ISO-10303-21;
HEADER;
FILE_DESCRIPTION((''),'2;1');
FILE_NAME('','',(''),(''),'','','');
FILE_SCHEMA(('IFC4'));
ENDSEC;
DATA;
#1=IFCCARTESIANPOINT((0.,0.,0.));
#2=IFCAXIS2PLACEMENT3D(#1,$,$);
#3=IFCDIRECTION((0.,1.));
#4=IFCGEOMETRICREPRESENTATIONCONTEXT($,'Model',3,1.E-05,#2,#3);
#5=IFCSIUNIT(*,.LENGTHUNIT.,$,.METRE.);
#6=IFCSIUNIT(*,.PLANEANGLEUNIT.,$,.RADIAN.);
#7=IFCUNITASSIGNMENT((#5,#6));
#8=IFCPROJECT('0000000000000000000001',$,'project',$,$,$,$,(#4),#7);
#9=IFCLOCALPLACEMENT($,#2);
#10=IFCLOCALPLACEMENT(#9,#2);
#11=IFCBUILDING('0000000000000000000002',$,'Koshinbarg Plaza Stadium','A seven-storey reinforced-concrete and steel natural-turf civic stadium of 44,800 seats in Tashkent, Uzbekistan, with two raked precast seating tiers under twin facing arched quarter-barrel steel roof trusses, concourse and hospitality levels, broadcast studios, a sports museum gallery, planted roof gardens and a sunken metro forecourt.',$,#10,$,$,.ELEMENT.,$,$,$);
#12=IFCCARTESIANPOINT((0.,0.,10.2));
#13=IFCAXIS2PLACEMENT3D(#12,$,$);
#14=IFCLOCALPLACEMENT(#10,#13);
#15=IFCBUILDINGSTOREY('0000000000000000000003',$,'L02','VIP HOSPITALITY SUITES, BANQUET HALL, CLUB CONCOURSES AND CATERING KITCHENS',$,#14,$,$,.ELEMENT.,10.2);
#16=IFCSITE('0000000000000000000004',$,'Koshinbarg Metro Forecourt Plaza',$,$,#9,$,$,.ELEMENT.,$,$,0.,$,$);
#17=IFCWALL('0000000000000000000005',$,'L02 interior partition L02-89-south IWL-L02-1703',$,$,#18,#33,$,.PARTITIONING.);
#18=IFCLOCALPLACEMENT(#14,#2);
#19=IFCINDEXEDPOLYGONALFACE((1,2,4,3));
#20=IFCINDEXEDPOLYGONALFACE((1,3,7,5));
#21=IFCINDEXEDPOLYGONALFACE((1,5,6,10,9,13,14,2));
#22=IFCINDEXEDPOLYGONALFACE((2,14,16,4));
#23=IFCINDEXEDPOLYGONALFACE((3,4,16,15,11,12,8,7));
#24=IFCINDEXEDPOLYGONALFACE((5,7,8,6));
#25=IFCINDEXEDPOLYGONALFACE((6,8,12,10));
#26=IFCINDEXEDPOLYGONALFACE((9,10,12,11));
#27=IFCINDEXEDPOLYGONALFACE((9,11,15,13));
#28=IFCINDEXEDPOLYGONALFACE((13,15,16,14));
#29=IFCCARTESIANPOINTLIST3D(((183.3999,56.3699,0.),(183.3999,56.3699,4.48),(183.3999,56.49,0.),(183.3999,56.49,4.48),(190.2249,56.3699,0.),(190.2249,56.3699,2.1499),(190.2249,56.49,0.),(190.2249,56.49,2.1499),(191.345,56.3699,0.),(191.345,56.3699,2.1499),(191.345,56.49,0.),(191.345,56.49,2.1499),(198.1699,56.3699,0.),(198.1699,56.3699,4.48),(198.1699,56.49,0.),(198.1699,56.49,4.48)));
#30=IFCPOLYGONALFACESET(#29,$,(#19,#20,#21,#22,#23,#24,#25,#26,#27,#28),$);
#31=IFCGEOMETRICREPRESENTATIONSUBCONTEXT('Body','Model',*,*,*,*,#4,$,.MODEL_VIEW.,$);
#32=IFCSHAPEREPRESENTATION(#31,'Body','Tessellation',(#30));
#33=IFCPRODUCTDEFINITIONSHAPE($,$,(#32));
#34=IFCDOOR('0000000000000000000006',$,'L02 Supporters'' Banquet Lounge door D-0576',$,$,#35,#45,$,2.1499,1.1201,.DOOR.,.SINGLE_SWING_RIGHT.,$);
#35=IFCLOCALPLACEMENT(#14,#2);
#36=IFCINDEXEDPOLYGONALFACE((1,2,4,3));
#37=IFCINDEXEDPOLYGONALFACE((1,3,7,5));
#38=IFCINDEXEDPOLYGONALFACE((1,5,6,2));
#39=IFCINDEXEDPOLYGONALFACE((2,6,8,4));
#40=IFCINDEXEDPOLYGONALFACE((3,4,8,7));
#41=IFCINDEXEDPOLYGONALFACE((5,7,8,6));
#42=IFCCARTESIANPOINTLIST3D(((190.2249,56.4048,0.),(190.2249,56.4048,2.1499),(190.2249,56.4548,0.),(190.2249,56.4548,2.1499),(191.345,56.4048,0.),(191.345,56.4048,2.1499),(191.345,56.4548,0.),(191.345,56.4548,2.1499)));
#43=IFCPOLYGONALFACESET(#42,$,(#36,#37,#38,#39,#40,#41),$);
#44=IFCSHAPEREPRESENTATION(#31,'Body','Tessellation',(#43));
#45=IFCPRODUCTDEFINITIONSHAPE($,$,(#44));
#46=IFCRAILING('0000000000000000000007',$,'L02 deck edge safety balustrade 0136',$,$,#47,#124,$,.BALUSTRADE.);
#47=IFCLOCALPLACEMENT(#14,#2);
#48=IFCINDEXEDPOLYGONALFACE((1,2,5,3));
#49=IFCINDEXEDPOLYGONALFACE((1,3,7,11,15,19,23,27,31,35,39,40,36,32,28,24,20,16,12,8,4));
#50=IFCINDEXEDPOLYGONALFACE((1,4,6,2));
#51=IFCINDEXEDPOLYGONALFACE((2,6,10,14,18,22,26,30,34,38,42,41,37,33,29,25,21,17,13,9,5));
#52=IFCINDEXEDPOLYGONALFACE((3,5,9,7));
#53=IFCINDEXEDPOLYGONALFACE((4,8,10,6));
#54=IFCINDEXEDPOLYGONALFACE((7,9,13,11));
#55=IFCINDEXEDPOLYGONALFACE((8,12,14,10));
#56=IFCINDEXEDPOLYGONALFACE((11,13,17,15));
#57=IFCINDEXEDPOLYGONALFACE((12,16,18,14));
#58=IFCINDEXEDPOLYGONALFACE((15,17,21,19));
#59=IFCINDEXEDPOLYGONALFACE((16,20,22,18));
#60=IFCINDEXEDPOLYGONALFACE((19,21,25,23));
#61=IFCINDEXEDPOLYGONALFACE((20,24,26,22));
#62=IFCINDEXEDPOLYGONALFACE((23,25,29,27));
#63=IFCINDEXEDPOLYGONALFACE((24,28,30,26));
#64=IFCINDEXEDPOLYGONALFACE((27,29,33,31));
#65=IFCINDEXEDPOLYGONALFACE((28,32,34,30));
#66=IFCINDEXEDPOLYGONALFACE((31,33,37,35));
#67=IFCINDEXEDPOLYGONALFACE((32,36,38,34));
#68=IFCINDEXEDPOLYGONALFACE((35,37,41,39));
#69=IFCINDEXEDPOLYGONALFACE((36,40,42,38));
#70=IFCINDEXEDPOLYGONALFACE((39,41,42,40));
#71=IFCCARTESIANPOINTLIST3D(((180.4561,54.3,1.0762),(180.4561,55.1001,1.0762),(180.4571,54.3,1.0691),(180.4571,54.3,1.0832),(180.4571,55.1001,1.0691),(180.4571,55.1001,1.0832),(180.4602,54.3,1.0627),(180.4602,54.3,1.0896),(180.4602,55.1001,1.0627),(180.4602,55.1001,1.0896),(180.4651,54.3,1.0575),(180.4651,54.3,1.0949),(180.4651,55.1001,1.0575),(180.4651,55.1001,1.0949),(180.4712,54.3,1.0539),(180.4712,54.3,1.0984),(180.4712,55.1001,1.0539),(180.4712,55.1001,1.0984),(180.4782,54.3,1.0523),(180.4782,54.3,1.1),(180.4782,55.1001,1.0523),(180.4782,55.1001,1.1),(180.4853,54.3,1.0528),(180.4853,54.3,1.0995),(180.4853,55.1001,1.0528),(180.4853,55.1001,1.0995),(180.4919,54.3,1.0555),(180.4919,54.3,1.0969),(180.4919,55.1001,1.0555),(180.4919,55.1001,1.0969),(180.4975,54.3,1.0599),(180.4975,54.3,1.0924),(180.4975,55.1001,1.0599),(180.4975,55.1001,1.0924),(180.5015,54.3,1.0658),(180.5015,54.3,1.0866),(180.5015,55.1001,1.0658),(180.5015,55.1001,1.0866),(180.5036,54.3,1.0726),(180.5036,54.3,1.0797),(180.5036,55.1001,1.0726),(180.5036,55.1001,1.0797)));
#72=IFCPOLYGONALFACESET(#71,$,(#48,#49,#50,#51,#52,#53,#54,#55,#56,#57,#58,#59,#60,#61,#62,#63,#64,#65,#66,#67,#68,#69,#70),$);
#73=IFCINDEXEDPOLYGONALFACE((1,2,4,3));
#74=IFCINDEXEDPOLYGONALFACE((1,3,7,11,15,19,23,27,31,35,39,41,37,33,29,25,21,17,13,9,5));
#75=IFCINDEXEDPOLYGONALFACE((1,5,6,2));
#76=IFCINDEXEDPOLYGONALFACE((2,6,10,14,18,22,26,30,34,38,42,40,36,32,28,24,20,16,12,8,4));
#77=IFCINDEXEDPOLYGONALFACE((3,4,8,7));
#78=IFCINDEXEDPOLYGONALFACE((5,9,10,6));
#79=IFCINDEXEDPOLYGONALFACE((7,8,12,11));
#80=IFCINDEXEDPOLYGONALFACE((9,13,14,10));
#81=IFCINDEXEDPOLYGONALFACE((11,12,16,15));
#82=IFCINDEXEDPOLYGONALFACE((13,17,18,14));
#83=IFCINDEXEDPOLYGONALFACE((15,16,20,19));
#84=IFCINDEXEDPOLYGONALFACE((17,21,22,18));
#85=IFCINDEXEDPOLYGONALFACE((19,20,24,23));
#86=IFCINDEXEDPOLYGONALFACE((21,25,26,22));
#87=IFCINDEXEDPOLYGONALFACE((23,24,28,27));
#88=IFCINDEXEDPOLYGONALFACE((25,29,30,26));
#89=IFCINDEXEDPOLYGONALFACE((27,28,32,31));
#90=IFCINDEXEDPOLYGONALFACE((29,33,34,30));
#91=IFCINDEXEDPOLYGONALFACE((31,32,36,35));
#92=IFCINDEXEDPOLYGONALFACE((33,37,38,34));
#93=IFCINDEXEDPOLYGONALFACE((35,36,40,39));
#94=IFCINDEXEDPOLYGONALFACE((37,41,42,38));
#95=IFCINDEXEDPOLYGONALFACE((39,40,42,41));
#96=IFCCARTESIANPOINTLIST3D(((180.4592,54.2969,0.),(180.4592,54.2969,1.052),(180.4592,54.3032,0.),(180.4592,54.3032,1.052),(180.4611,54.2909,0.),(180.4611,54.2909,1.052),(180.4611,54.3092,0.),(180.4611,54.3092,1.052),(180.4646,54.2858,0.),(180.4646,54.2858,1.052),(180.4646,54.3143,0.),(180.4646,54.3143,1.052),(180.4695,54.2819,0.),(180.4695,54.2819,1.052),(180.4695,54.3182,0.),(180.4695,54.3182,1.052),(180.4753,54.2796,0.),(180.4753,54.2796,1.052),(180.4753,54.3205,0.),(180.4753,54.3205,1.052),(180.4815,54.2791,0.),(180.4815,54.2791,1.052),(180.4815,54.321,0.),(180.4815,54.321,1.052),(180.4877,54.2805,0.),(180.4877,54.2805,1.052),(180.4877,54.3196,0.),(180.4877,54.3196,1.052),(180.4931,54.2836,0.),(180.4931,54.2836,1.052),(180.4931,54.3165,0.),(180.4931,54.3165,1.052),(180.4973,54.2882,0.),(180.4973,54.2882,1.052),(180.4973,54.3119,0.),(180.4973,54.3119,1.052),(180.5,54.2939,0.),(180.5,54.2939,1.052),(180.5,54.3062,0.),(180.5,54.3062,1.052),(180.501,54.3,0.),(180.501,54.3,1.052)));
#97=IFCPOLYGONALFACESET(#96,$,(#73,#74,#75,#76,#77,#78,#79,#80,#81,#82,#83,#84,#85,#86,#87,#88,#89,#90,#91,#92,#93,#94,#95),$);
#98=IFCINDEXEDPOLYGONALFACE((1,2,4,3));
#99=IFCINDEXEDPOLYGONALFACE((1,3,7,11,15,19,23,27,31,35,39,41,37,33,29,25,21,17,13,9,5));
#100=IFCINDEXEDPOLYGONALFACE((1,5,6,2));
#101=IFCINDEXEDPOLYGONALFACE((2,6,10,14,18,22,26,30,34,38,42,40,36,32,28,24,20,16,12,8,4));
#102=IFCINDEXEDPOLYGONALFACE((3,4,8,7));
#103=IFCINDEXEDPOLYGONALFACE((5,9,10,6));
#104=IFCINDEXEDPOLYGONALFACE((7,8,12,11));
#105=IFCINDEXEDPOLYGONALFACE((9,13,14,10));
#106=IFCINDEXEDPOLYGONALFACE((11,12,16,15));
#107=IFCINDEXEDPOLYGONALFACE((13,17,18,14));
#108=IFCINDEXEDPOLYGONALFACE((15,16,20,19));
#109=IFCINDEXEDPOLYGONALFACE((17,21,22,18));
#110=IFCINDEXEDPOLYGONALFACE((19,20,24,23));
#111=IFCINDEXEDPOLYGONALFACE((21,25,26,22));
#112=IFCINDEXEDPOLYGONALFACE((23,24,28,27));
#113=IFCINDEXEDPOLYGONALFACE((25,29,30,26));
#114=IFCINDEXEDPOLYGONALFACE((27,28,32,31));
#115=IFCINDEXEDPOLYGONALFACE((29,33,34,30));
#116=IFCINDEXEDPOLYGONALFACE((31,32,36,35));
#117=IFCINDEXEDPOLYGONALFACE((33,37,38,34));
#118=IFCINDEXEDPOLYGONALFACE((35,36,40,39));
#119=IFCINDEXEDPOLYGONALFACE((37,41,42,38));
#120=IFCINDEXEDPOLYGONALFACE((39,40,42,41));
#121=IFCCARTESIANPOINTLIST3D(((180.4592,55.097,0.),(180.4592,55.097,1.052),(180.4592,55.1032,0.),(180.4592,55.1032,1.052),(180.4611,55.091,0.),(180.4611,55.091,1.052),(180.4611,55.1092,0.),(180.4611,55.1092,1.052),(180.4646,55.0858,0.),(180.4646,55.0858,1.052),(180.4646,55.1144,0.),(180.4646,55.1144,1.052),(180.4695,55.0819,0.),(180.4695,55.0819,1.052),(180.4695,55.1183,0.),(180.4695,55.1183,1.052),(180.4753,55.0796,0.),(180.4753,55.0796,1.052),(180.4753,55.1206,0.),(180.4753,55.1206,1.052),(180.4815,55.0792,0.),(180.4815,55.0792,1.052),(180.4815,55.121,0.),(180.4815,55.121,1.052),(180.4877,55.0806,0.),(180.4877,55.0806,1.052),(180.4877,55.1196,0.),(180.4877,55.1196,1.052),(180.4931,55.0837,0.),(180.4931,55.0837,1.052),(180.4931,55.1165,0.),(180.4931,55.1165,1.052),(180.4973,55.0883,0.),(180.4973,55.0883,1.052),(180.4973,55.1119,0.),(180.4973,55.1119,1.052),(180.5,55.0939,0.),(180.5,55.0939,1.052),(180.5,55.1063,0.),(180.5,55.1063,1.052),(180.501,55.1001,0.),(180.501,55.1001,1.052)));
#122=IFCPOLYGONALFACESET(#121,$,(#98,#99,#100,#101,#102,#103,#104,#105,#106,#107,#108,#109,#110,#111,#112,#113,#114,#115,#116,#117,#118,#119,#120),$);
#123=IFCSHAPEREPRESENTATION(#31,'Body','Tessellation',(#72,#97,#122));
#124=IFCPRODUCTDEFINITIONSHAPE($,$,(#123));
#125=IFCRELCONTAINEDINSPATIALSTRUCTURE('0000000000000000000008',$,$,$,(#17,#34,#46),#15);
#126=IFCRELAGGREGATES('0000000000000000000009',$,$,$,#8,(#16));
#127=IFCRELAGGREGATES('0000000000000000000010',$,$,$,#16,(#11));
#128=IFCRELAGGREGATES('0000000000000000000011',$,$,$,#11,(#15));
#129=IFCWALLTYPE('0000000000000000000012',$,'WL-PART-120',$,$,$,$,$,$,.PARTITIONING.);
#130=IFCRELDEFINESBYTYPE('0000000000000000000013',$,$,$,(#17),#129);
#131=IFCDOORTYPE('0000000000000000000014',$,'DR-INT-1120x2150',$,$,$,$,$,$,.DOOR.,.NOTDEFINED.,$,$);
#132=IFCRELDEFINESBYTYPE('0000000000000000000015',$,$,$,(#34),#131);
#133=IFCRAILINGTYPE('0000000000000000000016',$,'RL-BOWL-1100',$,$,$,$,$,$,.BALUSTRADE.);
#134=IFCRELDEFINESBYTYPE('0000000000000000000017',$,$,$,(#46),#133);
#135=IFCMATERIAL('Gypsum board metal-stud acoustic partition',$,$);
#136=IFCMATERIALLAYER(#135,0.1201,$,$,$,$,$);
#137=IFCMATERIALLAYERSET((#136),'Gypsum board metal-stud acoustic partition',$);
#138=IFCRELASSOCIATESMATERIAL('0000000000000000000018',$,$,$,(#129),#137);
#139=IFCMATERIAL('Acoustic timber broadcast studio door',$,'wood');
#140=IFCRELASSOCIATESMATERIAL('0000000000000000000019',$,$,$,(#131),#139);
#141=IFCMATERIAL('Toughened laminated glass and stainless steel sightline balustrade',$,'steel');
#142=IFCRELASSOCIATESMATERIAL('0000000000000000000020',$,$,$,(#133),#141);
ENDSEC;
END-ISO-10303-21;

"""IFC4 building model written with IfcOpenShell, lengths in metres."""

from ifc_helpers import new_model, si_unit, direction, frame, frame_2d, origin, origin_2d, place, context, subcontext, project, spatial, rectangle, circle, extrude, material, layer, layer_set, type_object, element, fill, save


model = new_model("IFC4")

# Units and contexts
model_context = context("Model", 3, precision=1e-05, world=origin(), true_north=direction((0.0, 1.0)))
body_context = subcontext(model_context, "Body", "Model", "MODEL_VIEW")
ifc_project = project(units=[si_unit("LENGTHUNIT", "METRE"), si_unit("PLANEANGLEUNIT", "RADIAN")], contexts=[model_context])

# Site, building, storey
site_placement = place(None, origin())
site = spatial("IfcSite", under=ifc_project, at=site_placement, Name="Koshinbarg Metro Forecourt Plaza", CompositionType="ELEMENT", RefElevation=0.0)
building_placement = place(site_placement, origin())
building = spatial("IfcBuilding", under=site, at=building_placement, Name="Koshinbarg Plaza Stadium", Description="A seven-storey reinforced-concrete and steel natural-turf civic stadium of 44,800 seats in Tashkent, Uzbekistan, with two raked precast seating tiers under twin facing arched quarter-barrel steel roof trusses, concourse and hospitality levels, broadcast studios, a sports museum gallery, planted roof gardens and a sunken metro forecourt.", CompositionType="ELEMENT")
storey_placement = place(building_placement, frame((0.0, 0.0, 10.2)))
storey = spatial("IfcBuildingStorey", under=building, at=storey_placement, Name="L02", Description="VIP HOSPITALITY SUITES, BANQUET HALL, CLUB CONCOURSES AND CATERING KITCHENS", CompositionType="ELEMENT", Elevation=10.2)

# Wall, opening, door
ifc_material_1 = material(Name="Gypsum board metal-stud acoustic partition")
ifc_layer_1 = layer(ifc_material_1, 0.1201)
ifc_layer_set_1 = layer_set([ifc_layer_1], Name="Gypsum board metal-stud acoustic partition")
wall_type = type_object("IfcWallType", Name="WL-PART-120", PredefinedType="PARTITIONING", material=ifc_layer_set_1)
wall_placement = place(storey_placement, frame((183.3999, 56.4299, 0.0), z_axis=(0.0, 0.0, 1.0), x_axis=(1.0, 0.0, 0.0)))
wall = element("IfcWall", 1, at=wall_placement, inside=storey, type_object=wall_type, Name="L02 interior partition L02-89-south IWL-L02-1703", PredefinedType="PARTITIONING", context=body_context, shape_type="SweptSolid", body=[
    extrude(rectangle(XDim=14.77, YDim=0.1201, at=frame_2d((7.385, 0.0))), origin(), (0.0, 0.0, 1.0), 4.48),
])
opening_placement = place(wall_placement, frame((6.825, 0.0, 0.0)))
opening = element("IfcOpeningElement", 2, at=opening_placement, cuts=wall, PredefinedType="OPENING", context=body_context, shape_type="SweptSolid", body=[
    extrude(rectangle(XDim=1.1201, YDim=2.1499, at=frame_2d((0.5601, 1.075))), frame((0.0, 0.0701, 0.0), z_axis=(0.0, -1.0, 0.0), x_axis=(1.0, 0.0, 0.0)), (0.0, 0.0, 1.0), 0.1401),
])
ifc_material_2 = material(Name="Acoustic timber broadcast studio door", Category="wood")
door_type = type_object("IfcDoorType", Name="DR-INT-1120x2150", OperationType="NOTDEFINED", PredefinedType="DOOR", material=ifc_material_2)
door_placement = place(opening_placement, origin())
door = element("IfcDoor", 3, at=door_placement, inside=storey, type_object=door_type, Name="L02 Supporters' Banquet Lounge door D-0576", OperationType="SINGLE_SWING_RIGHT", OverallHeight=2.1499, OverallWidth=1.1201, PredefinedType="DOOR", context=body_context, shape_type="SweptSolid", body=[
    extrude(rectangle(XDim=1.1201, YDim=2.1499, at=frame_2d((0.5601, 1.075))), frame((0.0, 0.0249, 0.0), z_axis=(0.0, -1.0, 0.0), x_axis=(1.0, 0.0, 0.0)), (0.0, 0.0, 1.0), 0.05),
])
fill(opening, door)

# Railing
ifc_material_3 = material(Name="Toughened laminated glass and stainless steel sightline balustrade", Category="steel")
railing_type = type_object("IfcRailingType", Name="RL-BOWL-1100", PredefinedType="BALUSTRADE", material=ifc_material_3)
railing_placement = place(storey_placement, frame((180.48, 54.3, 0.0)))
element("IfcRailing", 4, at=railing_placement, inside=storey, type_object=railing_type, Name="L02 deck edge safety balustrade 0136", PredefinedType="BALUSTRADE", context=body_context, shape_type="SweptSolid", body=[
    extrude(circle(Radius=0.0239, at=origin_2d()), frame((0.0, 0.0, 1.0762), z_axis=(0.0, 1.0, 0.0), x_axis=(-1.0, 0.0, 0.0)), (0.0, 0.0, 1.0), 0.8),
    extrude(circle(Radius=0.021, at=origin_2d()), origin(), (0.0, 0.0, 1.0), 1.052),
    extrude(circle(Radius=0.021, at=origin_2d()), frame((0.0, 0.8, 0.0)), (0.0, 0.0, 1.0), 1.052),
])

save(model, "model.ifc")
